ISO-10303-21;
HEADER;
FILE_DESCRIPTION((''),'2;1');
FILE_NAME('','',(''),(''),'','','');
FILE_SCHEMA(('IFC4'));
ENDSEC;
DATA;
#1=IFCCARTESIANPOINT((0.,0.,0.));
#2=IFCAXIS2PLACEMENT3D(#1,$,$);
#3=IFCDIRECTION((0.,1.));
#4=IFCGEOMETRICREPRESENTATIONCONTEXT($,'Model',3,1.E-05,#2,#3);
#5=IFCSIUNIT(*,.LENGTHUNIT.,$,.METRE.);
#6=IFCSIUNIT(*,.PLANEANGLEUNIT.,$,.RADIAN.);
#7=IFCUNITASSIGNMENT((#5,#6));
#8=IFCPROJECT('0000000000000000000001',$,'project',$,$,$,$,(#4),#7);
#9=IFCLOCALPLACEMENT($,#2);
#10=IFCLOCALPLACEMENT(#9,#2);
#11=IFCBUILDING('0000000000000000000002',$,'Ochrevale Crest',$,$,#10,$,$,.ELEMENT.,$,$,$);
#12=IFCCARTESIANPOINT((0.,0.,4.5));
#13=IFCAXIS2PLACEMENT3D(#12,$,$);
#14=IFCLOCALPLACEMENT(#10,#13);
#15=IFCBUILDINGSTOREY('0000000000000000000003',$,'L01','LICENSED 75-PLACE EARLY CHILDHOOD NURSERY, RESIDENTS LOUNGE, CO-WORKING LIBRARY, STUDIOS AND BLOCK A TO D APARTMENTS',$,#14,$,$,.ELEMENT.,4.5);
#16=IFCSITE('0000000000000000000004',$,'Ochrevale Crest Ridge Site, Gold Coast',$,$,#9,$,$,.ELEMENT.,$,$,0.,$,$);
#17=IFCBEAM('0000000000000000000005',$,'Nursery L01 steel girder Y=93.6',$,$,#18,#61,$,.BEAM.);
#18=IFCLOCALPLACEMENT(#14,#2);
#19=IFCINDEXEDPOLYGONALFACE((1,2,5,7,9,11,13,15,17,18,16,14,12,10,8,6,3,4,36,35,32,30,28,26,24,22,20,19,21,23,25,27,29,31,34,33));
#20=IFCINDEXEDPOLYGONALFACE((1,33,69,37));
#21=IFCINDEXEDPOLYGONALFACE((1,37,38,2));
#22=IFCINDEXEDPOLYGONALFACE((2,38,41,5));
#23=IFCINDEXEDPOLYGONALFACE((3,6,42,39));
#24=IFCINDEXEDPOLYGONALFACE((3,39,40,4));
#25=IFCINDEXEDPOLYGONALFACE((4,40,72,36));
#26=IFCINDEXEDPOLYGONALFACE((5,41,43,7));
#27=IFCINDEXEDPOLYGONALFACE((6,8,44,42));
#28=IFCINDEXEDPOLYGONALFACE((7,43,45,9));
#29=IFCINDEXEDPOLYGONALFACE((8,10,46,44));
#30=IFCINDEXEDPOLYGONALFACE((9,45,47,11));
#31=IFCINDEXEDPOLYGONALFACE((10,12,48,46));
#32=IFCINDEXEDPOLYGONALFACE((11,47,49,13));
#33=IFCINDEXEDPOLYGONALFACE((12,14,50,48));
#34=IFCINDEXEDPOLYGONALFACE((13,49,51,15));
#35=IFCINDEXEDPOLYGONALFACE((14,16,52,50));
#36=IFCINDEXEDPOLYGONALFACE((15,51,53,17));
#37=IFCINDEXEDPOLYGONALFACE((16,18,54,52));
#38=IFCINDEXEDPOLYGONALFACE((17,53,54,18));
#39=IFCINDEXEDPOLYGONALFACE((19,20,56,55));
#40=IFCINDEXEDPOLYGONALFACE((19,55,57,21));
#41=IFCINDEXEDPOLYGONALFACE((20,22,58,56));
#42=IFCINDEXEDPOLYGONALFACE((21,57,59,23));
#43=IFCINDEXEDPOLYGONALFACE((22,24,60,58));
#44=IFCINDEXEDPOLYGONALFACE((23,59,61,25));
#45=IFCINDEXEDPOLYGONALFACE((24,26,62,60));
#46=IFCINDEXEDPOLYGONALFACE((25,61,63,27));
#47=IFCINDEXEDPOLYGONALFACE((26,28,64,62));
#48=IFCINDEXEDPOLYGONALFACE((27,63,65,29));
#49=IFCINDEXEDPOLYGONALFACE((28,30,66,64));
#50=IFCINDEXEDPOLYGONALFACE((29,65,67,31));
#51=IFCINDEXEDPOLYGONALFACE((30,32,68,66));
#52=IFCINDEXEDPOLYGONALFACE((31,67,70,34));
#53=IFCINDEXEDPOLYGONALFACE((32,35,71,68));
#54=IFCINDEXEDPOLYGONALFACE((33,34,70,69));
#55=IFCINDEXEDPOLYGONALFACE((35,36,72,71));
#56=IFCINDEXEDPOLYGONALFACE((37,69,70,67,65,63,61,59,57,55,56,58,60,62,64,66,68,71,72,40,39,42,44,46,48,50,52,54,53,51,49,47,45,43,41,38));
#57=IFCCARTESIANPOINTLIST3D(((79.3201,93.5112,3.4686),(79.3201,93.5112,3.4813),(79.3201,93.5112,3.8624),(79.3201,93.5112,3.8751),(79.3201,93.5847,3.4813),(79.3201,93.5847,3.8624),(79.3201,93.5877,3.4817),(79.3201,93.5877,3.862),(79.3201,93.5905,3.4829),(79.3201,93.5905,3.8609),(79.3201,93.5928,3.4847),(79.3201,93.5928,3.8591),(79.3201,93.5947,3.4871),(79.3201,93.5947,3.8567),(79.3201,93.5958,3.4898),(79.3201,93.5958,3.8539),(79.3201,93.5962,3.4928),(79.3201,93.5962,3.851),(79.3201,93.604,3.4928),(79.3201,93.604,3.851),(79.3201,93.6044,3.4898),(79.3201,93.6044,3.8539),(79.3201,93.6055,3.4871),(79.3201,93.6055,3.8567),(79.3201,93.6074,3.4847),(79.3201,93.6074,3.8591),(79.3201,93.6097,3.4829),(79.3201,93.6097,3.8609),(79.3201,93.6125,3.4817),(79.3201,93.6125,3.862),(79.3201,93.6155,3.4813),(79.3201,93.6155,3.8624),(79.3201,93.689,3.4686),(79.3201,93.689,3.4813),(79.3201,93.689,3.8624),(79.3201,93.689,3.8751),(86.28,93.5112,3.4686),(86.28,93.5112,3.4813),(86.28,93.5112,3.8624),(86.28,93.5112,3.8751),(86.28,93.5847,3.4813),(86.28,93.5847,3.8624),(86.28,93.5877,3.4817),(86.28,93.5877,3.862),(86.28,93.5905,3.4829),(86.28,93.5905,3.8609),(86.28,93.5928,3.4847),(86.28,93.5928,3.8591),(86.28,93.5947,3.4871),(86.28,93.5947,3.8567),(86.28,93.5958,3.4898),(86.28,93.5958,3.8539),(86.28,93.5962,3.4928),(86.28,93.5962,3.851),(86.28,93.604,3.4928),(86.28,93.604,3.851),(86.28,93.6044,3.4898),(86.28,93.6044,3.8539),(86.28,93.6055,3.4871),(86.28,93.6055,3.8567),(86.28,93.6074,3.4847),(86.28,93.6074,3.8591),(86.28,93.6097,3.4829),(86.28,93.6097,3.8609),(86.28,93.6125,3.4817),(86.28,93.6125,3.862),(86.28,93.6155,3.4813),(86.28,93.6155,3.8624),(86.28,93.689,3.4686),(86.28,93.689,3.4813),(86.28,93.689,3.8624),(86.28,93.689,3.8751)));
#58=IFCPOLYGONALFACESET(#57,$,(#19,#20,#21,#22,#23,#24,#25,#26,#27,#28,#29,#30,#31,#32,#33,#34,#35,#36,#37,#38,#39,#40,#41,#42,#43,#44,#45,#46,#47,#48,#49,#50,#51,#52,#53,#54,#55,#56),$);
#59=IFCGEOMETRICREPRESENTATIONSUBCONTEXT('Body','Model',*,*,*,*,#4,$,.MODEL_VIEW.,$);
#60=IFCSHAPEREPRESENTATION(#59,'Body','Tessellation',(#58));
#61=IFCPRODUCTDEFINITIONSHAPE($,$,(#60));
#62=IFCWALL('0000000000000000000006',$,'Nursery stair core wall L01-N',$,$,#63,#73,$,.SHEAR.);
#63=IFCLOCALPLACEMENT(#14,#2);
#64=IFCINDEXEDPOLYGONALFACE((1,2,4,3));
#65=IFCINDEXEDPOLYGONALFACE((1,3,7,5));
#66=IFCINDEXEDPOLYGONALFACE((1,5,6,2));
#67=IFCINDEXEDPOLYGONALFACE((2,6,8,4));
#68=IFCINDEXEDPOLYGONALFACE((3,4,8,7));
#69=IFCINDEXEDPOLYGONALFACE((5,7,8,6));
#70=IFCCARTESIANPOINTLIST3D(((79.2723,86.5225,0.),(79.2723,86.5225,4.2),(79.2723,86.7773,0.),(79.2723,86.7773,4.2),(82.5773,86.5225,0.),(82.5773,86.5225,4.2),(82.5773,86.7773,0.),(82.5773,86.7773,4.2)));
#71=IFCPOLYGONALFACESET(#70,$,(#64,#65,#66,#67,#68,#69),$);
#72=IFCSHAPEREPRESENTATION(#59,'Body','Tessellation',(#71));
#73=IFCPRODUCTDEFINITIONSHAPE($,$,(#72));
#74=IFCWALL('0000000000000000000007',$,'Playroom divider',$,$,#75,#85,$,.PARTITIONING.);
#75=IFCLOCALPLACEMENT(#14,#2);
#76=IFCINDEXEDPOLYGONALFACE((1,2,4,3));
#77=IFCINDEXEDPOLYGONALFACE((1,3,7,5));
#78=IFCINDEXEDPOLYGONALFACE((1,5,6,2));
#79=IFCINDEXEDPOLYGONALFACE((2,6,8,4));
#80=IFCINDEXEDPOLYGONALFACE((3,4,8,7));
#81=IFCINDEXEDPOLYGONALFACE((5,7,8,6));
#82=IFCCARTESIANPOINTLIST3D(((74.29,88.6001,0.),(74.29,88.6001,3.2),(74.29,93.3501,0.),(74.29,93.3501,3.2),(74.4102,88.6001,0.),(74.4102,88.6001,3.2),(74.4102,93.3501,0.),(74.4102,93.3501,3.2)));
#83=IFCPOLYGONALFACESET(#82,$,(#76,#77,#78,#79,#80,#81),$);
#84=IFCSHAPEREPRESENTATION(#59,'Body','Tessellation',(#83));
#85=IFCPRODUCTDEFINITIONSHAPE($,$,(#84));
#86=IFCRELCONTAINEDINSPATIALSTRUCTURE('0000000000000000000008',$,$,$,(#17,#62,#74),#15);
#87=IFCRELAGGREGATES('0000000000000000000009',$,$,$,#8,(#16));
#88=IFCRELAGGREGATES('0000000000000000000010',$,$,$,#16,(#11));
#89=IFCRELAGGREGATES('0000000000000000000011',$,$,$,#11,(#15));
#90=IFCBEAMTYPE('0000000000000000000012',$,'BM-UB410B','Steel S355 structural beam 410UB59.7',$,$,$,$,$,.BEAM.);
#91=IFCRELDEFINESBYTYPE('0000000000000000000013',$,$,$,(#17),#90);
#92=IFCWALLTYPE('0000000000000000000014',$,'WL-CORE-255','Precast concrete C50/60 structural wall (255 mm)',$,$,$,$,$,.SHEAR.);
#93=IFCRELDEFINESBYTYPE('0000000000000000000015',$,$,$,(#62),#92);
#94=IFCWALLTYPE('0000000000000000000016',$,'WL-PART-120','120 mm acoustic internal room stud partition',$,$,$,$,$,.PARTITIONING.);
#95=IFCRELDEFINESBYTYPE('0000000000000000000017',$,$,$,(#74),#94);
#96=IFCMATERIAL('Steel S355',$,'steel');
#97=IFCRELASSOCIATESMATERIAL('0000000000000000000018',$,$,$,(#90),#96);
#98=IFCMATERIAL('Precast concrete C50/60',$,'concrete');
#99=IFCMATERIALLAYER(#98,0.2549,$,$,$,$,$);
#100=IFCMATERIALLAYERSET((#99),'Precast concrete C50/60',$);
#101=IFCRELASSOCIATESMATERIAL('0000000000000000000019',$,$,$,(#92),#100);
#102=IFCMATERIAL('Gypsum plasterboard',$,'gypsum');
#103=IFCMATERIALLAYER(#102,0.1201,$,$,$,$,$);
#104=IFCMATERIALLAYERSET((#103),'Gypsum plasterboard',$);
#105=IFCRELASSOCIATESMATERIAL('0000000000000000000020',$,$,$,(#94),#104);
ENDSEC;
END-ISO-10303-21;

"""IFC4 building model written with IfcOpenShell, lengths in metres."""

from ifc_helpers import new_model, si_unit, direction, frame, frame_2d, origin, origin_2d, place, context, subcontext, project, spatial, rectangle, i_section, extrude, material, layer, layer_set, material_profile, profile_set, type_object, element, save


model = new_model("IFC4")

# Units and contexts
model_context = context("Model", 3, precision=1e-05, world=origin(), true_north=direction((0.0, 1.0)))
body_context = subcontext(model_context, "Body", "Model", "MODEL_VIEW")
ifc_project = project(units=[si_unit("LENGTHUNIT", "METRE"), si_unit("PLANEANGLEUNIT", "RADIAN")], contexts=[model_context])

# Site, building, storey
site_placement = place(None, origin())
site = spatial("IfcSite", under=ifc_project, at=site_placement, Name="Ochrevale Crest Ridge Site, Gold Coast", CompositionType="ELEMENT", RefElevation=0.0)
building_placement = place(site_placement, origin())
building = spatial("IfcBuilding", under=site, at=building_placement, Name="Ochrevale Crest", CompositionType="ELEMENT")
storey_placement = place(building_placement, frame((0.0, 0.0, 4.5)))
storey = spatial("IfcBuildingStorey", under=building, at=storey_placement, Name="L01", Description="LICENSED 75-PLACE EARLY CHILDHOOD NURSERY, RESIDENTS LOUNGE, CO-WORKING LIBRARY, STUDIOS AND BLOCK A TO D APARTMENTS", CompositionType="ELEMENT", Elevation=4.5)

# Shared definitions
ifc_material_1 = material(Name="Steel S355", Category="steel")

# Beam
ifc_material_profile_1 = material_profile(ifc_material_1, i_section(OverallWidth=0.1777, OverallDepth=0.4065, WebThickness=0.0078, FlangeThickness=0.0127, FilletRadius=0.0115, at=origin_2d()), Name="410UB59.7")
ifc_profile_set_1 = profile_set([ifc_material_profile_1], Name="Steel S355")
beam_type_1 = type_object("IfcBeamType", Name="BM-UB410B", Description="Steel S355 structural beam 410UB59.7", PredefinedType="BEAM", material=ifc_profile_set_1)
for number, where, z_axis, x_axis, name in (
    (1, (79.3201, 93.6001, 3.6719), (1.0, 0.0, 0.0), (0.0, 1.0, 0.0), "Nursery L01 steel girder Y=93.6"),
):
    element("IfcBeam", number, at=place(storey_placement, frame(where, z_axis=z_axis, x_axis=x_axis)), inside=storey, type_object=beam_type_1, Name=name, PredefinedType="BEAM", context=body_context, shape_type="SweptSolid", body=[
        extrude(i_section(OverallWidth=0.1777, OverallDepth=0.4065, WebThickness=0.0078, FlangeThickness=0.0127, FilletRadius=0.0115, at=origin_2d()), origin(), (0.0, 0.0, 1.0), 6.96),
    ])

# Walls
ifc_material_2 = material(Name="Precast concrete C50/60", Category="concrete")
ifc_layer_1 = layer(ifc_material_2, 0.2549)
ifc_layer_set_1 = layer_set([ifc_layer_1], Name="Precast concrete C50/60")
wall_type_1 = type_object("IfcWallType", Name="WL-CORE-255", Description="Precast concrete C50/60 structural wall (255 mm)", PredefinedType="SHEAR", material=ifc_layer_set_1)
wall_1_placement = place(storey_placement, frame((79.2725, 86.6499, 0.0), z_axis=(0.0, 0.0, 1.0), x_axis=(1.0, 0.0, 0.0)))
element("IfcWall", 2, at=wall_1_placement, inside=storey, type_object=wall_type_1, Name="Nursery stair core wall L01-N", PredefinedType="SHEAR", context=body_context, shape_type="SweptSolid", body=[
    extrude(rectangle(XDim=3.3049, YDim=0.2549, at=frame_2d((1.6523, 0.0))), origin(), (0.0, 0.0, 1.0), 4.2),
])
ifc_material_3 = material(Name="Gypsum plasterboard", Category="gypsum")
ifc_layer_2 = layer(ifc_material_3, 0.1201)
ifc_layer_set_2 = layer_set([ifc_layer_2], Name="Gypsum plasterboard")
wall_type_2 = type_object("IfcWallType", Name="WL-PART-120", Description="120 mm acoustic internal room stud partition", PredefinedType="PARTITIONING", material=ifc_layer_set_2)
wall_2_placement = place(storey_placement, frame((74.3501, 88.6001, 0.0), z_axis=(0.0, 0.0, 1.0), x_axis=(0.0, 1.0, 0.0)))
element("IfcWall", 3, at=wall_2_placement, inside=storey, type_object=wall_type_2, Name="Playroom divider", PredefinedType="PARTITIONING", context=body_context, shape_type="SweptSolid", body=[
    extrude(rectangle(XDim=4.75, YDim=0.1201, at=frame_2d((2.375, 0.0))), origin(), (0.0, 0.0, 1.0), 3.2),
])

save(model, "model.ifc")
